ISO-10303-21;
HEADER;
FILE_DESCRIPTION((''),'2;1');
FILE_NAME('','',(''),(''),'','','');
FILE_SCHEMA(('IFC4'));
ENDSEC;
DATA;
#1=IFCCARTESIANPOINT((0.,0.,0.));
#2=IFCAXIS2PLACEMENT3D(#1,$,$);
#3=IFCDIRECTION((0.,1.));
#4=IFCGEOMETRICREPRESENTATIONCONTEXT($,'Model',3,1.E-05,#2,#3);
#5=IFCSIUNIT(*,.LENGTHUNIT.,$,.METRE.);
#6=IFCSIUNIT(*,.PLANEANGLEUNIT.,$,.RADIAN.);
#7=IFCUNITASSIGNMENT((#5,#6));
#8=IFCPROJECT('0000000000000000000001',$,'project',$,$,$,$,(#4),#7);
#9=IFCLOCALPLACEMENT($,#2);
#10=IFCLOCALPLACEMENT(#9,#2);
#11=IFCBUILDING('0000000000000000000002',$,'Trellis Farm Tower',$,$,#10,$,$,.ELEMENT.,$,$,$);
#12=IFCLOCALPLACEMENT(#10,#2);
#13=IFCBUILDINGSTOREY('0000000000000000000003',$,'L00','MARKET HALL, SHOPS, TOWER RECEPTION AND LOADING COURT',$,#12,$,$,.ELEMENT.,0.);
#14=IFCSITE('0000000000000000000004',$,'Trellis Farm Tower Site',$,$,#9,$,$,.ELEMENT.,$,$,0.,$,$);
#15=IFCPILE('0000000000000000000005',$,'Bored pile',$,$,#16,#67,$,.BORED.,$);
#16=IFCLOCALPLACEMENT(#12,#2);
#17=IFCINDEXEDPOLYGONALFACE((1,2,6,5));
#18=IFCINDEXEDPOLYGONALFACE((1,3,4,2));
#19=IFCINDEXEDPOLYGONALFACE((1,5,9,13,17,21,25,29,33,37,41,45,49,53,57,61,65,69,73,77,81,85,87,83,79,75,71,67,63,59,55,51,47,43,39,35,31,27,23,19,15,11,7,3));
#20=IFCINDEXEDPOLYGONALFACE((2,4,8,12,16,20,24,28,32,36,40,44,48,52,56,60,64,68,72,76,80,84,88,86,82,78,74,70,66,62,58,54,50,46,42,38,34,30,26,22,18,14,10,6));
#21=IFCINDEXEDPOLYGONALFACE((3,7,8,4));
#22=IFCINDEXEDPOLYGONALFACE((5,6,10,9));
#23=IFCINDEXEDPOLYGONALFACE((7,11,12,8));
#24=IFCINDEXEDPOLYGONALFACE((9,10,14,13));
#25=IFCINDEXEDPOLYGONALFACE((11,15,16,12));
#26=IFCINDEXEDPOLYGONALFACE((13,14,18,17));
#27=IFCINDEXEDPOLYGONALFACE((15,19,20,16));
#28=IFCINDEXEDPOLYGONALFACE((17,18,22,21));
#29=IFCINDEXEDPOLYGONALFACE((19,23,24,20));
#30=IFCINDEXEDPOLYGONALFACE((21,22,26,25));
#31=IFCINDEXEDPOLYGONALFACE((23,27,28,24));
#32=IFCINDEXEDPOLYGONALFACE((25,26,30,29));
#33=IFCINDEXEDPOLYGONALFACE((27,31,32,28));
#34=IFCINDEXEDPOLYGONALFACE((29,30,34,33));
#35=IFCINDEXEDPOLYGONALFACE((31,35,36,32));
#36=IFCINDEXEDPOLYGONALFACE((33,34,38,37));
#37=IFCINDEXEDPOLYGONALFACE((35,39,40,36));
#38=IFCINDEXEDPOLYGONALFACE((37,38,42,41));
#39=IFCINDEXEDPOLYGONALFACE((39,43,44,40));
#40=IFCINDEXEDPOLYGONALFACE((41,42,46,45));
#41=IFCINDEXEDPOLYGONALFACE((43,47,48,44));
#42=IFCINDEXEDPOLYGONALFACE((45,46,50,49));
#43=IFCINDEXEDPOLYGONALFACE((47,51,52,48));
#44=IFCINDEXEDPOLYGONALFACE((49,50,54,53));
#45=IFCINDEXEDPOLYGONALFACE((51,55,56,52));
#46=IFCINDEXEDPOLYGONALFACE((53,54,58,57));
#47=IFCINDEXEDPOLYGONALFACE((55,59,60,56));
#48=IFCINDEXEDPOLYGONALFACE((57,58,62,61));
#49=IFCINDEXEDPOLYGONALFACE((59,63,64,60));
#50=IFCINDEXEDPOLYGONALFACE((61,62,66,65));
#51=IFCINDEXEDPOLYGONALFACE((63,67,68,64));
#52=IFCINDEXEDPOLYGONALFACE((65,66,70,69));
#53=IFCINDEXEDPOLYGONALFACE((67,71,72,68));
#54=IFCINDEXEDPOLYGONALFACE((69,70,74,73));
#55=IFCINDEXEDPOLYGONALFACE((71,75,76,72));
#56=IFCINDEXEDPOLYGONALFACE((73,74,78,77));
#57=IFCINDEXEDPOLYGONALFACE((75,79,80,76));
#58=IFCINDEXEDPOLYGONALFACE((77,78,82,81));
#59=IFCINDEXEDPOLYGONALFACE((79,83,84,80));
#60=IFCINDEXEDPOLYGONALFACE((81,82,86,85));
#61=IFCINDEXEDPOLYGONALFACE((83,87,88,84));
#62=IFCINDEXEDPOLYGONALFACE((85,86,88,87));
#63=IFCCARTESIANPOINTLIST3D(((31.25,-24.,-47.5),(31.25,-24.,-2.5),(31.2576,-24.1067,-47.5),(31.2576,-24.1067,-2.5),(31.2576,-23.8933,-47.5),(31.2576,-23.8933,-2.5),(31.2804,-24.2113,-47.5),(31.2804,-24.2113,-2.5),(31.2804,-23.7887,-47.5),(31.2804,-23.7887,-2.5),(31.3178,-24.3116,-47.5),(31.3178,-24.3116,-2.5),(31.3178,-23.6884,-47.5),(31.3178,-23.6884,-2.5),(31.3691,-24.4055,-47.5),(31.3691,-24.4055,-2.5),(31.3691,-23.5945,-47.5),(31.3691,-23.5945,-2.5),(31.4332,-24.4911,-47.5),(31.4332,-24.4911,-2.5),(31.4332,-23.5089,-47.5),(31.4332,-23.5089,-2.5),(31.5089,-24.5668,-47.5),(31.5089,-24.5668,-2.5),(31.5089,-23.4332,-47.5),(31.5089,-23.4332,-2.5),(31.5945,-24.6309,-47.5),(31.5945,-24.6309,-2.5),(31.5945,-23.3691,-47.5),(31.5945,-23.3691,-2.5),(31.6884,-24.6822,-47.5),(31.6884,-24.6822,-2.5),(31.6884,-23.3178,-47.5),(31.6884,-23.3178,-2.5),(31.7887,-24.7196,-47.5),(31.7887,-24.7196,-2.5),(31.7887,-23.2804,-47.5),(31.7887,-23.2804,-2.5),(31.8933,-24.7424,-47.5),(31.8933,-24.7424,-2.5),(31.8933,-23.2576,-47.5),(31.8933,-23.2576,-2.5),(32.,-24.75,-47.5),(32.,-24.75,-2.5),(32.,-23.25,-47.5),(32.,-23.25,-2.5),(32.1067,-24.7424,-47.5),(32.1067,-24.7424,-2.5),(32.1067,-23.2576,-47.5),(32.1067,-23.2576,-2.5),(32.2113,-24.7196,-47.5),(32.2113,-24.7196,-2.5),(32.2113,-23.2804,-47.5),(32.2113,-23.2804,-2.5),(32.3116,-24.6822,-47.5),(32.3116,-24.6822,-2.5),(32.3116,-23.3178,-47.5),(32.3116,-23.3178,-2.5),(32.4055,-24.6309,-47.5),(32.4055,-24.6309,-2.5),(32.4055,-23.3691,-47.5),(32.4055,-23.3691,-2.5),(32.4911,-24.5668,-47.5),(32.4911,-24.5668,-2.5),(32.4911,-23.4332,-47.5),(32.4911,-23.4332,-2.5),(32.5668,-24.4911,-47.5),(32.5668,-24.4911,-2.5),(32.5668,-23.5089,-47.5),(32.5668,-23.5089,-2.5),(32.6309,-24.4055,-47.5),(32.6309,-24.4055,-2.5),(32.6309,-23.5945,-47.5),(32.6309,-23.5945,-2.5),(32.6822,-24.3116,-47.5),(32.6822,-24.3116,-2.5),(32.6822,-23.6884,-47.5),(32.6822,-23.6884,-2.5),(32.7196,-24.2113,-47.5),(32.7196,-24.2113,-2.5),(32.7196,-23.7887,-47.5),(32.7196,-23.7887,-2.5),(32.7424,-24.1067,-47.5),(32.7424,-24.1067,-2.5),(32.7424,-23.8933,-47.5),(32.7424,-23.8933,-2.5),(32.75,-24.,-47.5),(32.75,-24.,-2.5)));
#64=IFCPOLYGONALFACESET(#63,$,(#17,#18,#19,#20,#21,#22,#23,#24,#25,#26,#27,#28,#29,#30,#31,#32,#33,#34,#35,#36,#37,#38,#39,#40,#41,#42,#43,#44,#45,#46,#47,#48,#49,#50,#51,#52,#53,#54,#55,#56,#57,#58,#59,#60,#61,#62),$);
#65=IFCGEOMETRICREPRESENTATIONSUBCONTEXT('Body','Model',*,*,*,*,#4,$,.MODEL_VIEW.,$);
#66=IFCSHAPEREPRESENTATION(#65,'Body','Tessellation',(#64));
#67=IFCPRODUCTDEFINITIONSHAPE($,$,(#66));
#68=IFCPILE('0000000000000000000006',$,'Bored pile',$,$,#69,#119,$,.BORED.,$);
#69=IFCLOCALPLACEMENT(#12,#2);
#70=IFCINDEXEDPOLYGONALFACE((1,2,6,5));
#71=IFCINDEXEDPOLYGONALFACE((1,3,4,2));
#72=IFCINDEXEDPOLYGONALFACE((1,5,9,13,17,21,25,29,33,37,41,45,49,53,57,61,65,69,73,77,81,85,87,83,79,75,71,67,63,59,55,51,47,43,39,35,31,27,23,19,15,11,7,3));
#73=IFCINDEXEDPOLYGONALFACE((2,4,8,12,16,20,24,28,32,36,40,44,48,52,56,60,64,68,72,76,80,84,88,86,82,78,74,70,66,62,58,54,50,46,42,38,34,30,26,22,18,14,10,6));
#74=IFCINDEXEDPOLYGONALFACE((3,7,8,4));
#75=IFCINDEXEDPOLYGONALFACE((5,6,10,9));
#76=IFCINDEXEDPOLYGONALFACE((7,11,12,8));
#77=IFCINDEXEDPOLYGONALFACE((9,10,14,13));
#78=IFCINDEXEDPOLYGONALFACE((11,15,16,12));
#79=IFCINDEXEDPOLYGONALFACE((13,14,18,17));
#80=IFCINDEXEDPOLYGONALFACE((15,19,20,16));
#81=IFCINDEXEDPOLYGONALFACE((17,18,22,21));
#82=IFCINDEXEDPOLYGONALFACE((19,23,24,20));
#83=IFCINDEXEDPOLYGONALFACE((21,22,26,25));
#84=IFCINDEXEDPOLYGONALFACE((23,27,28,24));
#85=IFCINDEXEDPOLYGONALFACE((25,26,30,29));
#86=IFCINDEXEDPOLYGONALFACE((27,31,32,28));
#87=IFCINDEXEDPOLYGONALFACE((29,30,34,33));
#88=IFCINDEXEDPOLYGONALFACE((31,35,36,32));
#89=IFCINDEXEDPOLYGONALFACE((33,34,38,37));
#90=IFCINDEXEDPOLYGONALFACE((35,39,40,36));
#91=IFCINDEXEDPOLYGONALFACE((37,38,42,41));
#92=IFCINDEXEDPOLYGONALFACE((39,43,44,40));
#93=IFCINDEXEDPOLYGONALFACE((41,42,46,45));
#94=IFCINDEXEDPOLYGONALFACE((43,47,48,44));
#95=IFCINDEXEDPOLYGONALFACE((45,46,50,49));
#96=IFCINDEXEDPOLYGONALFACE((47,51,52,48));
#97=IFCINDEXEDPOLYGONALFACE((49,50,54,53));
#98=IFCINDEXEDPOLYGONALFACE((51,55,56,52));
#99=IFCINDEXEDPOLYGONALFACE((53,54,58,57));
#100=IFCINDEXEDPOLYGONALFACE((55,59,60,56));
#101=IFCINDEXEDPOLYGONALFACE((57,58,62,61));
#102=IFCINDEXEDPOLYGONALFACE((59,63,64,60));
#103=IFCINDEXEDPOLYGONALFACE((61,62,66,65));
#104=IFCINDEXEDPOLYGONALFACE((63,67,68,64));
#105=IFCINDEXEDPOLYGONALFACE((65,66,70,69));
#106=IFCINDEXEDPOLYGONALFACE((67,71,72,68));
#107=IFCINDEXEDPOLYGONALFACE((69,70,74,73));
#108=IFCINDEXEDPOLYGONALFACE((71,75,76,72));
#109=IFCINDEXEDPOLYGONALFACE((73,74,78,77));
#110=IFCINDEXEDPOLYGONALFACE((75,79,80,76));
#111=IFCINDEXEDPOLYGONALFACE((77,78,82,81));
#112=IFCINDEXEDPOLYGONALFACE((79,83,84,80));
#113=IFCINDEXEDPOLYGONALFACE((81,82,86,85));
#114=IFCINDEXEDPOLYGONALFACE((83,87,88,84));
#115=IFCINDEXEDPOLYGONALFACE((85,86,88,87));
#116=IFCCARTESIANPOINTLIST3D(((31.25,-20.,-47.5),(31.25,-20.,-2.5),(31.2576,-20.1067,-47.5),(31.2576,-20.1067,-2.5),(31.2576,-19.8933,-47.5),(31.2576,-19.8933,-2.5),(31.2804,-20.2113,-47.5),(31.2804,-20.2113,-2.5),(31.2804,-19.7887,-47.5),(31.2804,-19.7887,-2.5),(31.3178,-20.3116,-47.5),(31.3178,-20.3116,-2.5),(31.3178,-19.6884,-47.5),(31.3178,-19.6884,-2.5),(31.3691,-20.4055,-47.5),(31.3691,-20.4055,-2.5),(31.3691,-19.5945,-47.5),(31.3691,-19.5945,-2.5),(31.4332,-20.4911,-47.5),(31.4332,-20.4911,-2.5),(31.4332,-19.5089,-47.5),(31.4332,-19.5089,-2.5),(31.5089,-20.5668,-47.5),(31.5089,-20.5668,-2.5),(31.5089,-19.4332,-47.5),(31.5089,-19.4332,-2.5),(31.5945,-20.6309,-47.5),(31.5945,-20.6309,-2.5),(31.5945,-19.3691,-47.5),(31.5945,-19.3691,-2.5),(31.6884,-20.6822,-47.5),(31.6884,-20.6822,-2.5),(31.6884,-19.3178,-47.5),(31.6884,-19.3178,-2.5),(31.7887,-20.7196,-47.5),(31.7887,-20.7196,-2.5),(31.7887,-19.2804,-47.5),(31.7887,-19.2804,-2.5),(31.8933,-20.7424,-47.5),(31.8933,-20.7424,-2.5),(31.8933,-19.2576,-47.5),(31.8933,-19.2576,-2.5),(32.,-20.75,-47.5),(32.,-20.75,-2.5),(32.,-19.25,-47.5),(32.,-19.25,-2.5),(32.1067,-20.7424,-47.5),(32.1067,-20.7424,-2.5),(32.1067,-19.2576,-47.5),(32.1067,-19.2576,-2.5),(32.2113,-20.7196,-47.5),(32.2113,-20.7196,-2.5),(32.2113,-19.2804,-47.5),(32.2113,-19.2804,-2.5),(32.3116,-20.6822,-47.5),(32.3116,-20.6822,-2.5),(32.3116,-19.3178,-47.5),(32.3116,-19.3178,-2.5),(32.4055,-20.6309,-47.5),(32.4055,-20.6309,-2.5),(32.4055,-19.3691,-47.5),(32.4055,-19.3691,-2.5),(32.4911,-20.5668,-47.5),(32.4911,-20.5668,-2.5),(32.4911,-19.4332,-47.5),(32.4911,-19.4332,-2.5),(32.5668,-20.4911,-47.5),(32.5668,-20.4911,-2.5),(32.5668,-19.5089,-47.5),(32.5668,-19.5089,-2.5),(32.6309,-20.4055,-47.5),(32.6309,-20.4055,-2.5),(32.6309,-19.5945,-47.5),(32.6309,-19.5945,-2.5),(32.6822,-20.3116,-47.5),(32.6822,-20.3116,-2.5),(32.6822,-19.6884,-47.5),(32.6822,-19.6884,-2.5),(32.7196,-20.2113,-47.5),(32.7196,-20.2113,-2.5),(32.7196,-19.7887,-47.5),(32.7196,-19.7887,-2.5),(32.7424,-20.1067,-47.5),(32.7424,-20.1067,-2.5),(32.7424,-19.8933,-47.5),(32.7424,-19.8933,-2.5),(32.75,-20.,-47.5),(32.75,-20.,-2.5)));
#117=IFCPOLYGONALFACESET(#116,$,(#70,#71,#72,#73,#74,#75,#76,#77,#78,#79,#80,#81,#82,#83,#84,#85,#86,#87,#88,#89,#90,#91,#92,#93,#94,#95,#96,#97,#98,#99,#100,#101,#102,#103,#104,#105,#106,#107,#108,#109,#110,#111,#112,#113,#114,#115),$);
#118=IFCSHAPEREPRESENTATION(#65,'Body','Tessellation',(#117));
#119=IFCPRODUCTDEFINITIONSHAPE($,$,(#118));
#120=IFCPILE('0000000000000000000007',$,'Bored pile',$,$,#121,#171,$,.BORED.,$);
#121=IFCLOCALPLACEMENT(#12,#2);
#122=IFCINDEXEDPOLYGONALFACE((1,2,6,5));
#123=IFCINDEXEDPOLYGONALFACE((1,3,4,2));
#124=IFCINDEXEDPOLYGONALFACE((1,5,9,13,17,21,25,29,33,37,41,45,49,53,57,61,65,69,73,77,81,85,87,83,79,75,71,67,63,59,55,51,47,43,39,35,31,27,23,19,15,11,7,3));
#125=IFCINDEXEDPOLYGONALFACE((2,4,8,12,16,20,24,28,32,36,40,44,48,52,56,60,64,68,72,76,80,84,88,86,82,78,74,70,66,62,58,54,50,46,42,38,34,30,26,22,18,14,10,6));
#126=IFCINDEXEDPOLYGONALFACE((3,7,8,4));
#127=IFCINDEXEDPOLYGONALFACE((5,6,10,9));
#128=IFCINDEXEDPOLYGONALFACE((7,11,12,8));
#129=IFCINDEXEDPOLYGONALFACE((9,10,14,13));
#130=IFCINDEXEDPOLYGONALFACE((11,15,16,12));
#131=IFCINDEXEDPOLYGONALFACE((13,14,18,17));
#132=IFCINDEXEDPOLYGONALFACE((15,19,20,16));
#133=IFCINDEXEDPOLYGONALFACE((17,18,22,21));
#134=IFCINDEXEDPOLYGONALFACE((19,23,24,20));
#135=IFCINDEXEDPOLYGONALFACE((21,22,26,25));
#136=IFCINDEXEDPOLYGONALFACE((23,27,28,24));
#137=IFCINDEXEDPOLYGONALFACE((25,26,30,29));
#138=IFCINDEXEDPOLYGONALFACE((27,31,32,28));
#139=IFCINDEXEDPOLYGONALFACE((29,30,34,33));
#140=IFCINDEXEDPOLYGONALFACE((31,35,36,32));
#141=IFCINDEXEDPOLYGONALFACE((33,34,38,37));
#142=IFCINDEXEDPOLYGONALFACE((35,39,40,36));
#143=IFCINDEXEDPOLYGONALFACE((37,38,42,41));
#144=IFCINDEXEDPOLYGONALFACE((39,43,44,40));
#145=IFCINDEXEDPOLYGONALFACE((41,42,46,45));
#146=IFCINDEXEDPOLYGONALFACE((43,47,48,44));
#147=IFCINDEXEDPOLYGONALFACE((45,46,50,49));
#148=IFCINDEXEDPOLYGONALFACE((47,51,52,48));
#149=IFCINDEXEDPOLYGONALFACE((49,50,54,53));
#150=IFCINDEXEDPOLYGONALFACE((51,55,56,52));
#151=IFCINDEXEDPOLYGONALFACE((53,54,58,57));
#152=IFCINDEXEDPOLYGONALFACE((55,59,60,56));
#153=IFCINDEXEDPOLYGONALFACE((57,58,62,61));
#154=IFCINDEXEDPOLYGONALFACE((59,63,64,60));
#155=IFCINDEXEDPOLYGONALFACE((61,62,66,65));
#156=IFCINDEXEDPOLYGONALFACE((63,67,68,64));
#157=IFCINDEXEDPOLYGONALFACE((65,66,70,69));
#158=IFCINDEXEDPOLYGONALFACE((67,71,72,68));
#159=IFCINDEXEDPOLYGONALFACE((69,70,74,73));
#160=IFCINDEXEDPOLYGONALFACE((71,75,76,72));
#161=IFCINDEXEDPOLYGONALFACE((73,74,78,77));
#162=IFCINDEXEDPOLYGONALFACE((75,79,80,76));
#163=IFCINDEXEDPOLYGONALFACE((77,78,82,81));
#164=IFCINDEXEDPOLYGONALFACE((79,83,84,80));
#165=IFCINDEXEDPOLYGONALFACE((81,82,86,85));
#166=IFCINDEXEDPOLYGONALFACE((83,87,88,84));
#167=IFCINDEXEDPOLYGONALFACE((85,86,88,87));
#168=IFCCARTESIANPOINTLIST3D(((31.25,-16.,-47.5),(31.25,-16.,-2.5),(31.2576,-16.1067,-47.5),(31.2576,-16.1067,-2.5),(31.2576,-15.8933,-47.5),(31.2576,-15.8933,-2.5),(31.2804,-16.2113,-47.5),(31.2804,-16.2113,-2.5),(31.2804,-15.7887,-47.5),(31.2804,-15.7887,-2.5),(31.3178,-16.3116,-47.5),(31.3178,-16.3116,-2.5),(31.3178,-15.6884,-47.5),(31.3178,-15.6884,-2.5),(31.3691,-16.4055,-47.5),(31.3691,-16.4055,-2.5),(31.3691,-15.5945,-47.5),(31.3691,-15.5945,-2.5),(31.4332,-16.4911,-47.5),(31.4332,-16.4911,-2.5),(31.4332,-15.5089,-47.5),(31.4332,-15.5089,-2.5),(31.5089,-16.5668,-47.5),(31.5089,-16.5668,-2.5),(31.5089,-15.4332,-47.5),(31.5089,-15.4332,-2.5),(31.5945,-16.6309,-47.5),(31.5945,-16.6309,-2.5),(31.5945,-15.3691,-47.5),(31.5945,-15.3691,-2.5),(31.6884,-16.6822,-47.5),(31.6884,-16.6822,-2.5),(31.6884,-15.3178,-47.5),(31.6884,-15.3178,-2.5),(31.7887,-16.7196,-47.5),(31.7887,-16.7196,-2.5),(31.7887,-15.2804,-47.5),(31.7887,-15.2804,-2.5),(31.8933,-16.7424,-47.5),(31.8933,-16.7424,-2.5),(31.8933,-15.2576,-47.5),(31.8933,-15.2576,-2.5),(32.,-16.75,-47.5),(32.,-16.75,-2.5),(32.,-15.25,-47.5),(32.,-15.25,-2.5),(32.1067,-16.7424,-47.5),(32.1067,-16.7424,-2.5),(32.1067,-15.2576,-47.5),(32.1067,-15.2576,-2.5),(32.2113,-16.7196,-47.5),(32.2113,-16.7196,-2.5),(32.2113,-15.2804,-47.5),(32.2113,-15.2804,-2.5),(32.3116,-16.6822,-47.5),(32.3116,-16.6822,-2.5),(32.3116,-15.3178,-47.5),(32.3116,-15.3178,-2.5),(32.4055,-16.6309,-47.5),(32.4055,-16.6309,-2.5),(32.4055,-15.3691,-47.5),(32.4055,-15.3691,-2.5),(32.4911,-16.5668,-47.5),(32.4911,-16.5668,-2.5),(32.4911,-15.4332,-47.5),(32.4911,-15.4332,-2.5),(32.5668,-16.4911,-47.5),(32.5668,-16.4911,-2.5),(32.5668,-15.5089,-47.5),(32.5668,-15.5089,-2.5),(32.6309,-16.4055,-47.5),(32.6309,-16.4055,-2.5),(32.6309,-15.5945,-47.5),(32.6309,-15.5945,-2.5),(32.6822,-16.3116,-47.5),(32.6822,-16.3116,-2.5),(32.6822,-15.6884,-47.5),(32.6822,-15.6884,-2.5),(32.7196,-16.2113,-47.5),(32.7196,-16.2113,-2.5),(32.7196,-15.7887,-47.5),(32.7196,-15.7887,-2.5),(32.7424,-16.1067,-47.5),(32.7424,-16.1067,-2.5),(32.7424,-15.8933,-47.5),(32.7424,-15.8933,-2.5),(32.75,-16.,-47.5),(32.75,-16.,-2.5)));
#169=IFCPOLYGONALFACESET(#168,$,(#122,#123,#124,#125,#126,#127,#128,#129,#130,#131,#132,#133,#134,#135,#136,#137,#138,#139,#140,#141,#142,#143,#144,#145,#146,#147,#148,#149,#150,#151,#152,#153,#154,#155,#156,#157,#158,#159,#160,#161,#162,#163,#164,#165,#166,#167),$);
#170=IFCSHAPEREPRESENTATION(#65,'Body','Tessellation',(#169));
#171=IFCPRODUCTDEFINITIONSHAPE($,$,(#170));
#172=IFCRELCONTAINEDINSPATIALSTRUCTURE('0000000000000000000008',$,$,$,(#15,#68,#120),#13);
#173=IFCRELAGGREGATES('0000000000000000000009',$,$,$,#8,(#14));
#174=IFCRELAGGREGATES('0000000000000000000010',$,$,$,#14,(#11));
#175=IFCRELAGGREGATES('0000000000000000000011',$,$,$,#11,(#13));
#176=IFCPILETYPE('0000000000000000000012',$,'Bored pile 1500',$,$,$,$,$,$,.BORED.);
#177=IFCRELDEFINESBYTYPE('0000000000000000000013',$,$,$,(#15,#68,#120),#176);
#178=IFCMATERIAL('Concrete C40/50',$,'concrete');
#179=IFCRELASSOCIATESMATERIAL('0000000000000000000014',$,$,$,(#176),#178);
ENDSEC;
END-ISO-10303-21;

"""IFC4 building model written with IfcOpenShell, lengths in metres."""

from ifc_helpers import new_model, si_unit, direction, frame, origin, origin_2d, place, context, subcontext, project, spatial, circle, extrude, source, transform, mapped, material, material_profile, profile_set, type_object, element, save


model = new_model("IFC4")

# Units and contexts
model_context = context("Model", 3, precision=1e-05, world=origin(), true_north=direction((0.0, 1.0)))
body_context = subcontext(model_context, "Body", "Model", "MODEL_VIEW")
ifc_project = project(units=[si_unit("LENGTHUNIT", "METRE"), si_unit("PLANEANGLEUNIT", "RADIAN")], contexts=[model_context])

# Site, building, storey
site_placement = place(None, origin())
site = spatial("IfcSite", under=ifc_project, at=site_placement, Name="Trellis Farm Tower Site", CompositionType="ELEMENT", RefElevation=0.0)
building_placement = place(site_placement, origin())
building = spatial("IfcBuilding", under=site, at=building_placement, Name="Trellis Farm Tower", CompositionType="ELEMENT")
storey_placement = place(building_placement, origin())
storey = spatial("IfcBuildingStorey", under=building, at=storey_placement, Name="L00", Description="MARKET HALL, SHOPS, TOWER RECEPTION AND LOADING COURT", CompositionType="ELEMENT", Elevation=0.0)

# Piles
ifc_material_1 = material(Name="Concrete C40/50", Category="concrete")
ifc_material_profile_1 = material_profile(ifc_material_1, circle(Radius=0.75, at=origin_2d()), Name="Bored pile 1500")
ifc_profile_set_1 = profile_set([ifc_material_profile_1], Name="Concrete C40/50")
pile_type = type_object("IfcPileType", Name="Bored pile 1500", PredefinedType="BORED", material=ifc_profile_set_1)
shared_shape_1 = source(origin(), body_context, "Body", "SweptSolid", [
    extrude(circle(Radius=0.75, at=origin_2d()), origin(), (0.0, 0.0, 1.0), 45.0),
])
for number, where, z_axis, x_axis, name in (
    (1, (32.0, -24.0, -2.5), (0.0, 0.0, -1.0), (1.0, 0.0, 0.0), "Bored pile"),
    (2, (32.0, -20.0, -2.5), (0.0, 0.0, -1.0), (1.0, 0.0, 0.0), "Bored pile"),
    (3, (32.0, -16.0, -2.5), (0.0, 0.0, -1.0), (1.0, 0.0, 0.0), "Bored pile"),
):
    element("IfcPile", number, at=place(storey_placement, frame(where, z_axis=z_axis, x_axis=x_axis)), inside=storey, type_object=pile_type, Name=name, PredefinedType="BORED", context=body_context, shape_type="MappedRepresentation", body=[
        mapped(shared_shape_1, transform((0.0, 0.0, 0.0))),
    ])

save(model, "model.ifc")
